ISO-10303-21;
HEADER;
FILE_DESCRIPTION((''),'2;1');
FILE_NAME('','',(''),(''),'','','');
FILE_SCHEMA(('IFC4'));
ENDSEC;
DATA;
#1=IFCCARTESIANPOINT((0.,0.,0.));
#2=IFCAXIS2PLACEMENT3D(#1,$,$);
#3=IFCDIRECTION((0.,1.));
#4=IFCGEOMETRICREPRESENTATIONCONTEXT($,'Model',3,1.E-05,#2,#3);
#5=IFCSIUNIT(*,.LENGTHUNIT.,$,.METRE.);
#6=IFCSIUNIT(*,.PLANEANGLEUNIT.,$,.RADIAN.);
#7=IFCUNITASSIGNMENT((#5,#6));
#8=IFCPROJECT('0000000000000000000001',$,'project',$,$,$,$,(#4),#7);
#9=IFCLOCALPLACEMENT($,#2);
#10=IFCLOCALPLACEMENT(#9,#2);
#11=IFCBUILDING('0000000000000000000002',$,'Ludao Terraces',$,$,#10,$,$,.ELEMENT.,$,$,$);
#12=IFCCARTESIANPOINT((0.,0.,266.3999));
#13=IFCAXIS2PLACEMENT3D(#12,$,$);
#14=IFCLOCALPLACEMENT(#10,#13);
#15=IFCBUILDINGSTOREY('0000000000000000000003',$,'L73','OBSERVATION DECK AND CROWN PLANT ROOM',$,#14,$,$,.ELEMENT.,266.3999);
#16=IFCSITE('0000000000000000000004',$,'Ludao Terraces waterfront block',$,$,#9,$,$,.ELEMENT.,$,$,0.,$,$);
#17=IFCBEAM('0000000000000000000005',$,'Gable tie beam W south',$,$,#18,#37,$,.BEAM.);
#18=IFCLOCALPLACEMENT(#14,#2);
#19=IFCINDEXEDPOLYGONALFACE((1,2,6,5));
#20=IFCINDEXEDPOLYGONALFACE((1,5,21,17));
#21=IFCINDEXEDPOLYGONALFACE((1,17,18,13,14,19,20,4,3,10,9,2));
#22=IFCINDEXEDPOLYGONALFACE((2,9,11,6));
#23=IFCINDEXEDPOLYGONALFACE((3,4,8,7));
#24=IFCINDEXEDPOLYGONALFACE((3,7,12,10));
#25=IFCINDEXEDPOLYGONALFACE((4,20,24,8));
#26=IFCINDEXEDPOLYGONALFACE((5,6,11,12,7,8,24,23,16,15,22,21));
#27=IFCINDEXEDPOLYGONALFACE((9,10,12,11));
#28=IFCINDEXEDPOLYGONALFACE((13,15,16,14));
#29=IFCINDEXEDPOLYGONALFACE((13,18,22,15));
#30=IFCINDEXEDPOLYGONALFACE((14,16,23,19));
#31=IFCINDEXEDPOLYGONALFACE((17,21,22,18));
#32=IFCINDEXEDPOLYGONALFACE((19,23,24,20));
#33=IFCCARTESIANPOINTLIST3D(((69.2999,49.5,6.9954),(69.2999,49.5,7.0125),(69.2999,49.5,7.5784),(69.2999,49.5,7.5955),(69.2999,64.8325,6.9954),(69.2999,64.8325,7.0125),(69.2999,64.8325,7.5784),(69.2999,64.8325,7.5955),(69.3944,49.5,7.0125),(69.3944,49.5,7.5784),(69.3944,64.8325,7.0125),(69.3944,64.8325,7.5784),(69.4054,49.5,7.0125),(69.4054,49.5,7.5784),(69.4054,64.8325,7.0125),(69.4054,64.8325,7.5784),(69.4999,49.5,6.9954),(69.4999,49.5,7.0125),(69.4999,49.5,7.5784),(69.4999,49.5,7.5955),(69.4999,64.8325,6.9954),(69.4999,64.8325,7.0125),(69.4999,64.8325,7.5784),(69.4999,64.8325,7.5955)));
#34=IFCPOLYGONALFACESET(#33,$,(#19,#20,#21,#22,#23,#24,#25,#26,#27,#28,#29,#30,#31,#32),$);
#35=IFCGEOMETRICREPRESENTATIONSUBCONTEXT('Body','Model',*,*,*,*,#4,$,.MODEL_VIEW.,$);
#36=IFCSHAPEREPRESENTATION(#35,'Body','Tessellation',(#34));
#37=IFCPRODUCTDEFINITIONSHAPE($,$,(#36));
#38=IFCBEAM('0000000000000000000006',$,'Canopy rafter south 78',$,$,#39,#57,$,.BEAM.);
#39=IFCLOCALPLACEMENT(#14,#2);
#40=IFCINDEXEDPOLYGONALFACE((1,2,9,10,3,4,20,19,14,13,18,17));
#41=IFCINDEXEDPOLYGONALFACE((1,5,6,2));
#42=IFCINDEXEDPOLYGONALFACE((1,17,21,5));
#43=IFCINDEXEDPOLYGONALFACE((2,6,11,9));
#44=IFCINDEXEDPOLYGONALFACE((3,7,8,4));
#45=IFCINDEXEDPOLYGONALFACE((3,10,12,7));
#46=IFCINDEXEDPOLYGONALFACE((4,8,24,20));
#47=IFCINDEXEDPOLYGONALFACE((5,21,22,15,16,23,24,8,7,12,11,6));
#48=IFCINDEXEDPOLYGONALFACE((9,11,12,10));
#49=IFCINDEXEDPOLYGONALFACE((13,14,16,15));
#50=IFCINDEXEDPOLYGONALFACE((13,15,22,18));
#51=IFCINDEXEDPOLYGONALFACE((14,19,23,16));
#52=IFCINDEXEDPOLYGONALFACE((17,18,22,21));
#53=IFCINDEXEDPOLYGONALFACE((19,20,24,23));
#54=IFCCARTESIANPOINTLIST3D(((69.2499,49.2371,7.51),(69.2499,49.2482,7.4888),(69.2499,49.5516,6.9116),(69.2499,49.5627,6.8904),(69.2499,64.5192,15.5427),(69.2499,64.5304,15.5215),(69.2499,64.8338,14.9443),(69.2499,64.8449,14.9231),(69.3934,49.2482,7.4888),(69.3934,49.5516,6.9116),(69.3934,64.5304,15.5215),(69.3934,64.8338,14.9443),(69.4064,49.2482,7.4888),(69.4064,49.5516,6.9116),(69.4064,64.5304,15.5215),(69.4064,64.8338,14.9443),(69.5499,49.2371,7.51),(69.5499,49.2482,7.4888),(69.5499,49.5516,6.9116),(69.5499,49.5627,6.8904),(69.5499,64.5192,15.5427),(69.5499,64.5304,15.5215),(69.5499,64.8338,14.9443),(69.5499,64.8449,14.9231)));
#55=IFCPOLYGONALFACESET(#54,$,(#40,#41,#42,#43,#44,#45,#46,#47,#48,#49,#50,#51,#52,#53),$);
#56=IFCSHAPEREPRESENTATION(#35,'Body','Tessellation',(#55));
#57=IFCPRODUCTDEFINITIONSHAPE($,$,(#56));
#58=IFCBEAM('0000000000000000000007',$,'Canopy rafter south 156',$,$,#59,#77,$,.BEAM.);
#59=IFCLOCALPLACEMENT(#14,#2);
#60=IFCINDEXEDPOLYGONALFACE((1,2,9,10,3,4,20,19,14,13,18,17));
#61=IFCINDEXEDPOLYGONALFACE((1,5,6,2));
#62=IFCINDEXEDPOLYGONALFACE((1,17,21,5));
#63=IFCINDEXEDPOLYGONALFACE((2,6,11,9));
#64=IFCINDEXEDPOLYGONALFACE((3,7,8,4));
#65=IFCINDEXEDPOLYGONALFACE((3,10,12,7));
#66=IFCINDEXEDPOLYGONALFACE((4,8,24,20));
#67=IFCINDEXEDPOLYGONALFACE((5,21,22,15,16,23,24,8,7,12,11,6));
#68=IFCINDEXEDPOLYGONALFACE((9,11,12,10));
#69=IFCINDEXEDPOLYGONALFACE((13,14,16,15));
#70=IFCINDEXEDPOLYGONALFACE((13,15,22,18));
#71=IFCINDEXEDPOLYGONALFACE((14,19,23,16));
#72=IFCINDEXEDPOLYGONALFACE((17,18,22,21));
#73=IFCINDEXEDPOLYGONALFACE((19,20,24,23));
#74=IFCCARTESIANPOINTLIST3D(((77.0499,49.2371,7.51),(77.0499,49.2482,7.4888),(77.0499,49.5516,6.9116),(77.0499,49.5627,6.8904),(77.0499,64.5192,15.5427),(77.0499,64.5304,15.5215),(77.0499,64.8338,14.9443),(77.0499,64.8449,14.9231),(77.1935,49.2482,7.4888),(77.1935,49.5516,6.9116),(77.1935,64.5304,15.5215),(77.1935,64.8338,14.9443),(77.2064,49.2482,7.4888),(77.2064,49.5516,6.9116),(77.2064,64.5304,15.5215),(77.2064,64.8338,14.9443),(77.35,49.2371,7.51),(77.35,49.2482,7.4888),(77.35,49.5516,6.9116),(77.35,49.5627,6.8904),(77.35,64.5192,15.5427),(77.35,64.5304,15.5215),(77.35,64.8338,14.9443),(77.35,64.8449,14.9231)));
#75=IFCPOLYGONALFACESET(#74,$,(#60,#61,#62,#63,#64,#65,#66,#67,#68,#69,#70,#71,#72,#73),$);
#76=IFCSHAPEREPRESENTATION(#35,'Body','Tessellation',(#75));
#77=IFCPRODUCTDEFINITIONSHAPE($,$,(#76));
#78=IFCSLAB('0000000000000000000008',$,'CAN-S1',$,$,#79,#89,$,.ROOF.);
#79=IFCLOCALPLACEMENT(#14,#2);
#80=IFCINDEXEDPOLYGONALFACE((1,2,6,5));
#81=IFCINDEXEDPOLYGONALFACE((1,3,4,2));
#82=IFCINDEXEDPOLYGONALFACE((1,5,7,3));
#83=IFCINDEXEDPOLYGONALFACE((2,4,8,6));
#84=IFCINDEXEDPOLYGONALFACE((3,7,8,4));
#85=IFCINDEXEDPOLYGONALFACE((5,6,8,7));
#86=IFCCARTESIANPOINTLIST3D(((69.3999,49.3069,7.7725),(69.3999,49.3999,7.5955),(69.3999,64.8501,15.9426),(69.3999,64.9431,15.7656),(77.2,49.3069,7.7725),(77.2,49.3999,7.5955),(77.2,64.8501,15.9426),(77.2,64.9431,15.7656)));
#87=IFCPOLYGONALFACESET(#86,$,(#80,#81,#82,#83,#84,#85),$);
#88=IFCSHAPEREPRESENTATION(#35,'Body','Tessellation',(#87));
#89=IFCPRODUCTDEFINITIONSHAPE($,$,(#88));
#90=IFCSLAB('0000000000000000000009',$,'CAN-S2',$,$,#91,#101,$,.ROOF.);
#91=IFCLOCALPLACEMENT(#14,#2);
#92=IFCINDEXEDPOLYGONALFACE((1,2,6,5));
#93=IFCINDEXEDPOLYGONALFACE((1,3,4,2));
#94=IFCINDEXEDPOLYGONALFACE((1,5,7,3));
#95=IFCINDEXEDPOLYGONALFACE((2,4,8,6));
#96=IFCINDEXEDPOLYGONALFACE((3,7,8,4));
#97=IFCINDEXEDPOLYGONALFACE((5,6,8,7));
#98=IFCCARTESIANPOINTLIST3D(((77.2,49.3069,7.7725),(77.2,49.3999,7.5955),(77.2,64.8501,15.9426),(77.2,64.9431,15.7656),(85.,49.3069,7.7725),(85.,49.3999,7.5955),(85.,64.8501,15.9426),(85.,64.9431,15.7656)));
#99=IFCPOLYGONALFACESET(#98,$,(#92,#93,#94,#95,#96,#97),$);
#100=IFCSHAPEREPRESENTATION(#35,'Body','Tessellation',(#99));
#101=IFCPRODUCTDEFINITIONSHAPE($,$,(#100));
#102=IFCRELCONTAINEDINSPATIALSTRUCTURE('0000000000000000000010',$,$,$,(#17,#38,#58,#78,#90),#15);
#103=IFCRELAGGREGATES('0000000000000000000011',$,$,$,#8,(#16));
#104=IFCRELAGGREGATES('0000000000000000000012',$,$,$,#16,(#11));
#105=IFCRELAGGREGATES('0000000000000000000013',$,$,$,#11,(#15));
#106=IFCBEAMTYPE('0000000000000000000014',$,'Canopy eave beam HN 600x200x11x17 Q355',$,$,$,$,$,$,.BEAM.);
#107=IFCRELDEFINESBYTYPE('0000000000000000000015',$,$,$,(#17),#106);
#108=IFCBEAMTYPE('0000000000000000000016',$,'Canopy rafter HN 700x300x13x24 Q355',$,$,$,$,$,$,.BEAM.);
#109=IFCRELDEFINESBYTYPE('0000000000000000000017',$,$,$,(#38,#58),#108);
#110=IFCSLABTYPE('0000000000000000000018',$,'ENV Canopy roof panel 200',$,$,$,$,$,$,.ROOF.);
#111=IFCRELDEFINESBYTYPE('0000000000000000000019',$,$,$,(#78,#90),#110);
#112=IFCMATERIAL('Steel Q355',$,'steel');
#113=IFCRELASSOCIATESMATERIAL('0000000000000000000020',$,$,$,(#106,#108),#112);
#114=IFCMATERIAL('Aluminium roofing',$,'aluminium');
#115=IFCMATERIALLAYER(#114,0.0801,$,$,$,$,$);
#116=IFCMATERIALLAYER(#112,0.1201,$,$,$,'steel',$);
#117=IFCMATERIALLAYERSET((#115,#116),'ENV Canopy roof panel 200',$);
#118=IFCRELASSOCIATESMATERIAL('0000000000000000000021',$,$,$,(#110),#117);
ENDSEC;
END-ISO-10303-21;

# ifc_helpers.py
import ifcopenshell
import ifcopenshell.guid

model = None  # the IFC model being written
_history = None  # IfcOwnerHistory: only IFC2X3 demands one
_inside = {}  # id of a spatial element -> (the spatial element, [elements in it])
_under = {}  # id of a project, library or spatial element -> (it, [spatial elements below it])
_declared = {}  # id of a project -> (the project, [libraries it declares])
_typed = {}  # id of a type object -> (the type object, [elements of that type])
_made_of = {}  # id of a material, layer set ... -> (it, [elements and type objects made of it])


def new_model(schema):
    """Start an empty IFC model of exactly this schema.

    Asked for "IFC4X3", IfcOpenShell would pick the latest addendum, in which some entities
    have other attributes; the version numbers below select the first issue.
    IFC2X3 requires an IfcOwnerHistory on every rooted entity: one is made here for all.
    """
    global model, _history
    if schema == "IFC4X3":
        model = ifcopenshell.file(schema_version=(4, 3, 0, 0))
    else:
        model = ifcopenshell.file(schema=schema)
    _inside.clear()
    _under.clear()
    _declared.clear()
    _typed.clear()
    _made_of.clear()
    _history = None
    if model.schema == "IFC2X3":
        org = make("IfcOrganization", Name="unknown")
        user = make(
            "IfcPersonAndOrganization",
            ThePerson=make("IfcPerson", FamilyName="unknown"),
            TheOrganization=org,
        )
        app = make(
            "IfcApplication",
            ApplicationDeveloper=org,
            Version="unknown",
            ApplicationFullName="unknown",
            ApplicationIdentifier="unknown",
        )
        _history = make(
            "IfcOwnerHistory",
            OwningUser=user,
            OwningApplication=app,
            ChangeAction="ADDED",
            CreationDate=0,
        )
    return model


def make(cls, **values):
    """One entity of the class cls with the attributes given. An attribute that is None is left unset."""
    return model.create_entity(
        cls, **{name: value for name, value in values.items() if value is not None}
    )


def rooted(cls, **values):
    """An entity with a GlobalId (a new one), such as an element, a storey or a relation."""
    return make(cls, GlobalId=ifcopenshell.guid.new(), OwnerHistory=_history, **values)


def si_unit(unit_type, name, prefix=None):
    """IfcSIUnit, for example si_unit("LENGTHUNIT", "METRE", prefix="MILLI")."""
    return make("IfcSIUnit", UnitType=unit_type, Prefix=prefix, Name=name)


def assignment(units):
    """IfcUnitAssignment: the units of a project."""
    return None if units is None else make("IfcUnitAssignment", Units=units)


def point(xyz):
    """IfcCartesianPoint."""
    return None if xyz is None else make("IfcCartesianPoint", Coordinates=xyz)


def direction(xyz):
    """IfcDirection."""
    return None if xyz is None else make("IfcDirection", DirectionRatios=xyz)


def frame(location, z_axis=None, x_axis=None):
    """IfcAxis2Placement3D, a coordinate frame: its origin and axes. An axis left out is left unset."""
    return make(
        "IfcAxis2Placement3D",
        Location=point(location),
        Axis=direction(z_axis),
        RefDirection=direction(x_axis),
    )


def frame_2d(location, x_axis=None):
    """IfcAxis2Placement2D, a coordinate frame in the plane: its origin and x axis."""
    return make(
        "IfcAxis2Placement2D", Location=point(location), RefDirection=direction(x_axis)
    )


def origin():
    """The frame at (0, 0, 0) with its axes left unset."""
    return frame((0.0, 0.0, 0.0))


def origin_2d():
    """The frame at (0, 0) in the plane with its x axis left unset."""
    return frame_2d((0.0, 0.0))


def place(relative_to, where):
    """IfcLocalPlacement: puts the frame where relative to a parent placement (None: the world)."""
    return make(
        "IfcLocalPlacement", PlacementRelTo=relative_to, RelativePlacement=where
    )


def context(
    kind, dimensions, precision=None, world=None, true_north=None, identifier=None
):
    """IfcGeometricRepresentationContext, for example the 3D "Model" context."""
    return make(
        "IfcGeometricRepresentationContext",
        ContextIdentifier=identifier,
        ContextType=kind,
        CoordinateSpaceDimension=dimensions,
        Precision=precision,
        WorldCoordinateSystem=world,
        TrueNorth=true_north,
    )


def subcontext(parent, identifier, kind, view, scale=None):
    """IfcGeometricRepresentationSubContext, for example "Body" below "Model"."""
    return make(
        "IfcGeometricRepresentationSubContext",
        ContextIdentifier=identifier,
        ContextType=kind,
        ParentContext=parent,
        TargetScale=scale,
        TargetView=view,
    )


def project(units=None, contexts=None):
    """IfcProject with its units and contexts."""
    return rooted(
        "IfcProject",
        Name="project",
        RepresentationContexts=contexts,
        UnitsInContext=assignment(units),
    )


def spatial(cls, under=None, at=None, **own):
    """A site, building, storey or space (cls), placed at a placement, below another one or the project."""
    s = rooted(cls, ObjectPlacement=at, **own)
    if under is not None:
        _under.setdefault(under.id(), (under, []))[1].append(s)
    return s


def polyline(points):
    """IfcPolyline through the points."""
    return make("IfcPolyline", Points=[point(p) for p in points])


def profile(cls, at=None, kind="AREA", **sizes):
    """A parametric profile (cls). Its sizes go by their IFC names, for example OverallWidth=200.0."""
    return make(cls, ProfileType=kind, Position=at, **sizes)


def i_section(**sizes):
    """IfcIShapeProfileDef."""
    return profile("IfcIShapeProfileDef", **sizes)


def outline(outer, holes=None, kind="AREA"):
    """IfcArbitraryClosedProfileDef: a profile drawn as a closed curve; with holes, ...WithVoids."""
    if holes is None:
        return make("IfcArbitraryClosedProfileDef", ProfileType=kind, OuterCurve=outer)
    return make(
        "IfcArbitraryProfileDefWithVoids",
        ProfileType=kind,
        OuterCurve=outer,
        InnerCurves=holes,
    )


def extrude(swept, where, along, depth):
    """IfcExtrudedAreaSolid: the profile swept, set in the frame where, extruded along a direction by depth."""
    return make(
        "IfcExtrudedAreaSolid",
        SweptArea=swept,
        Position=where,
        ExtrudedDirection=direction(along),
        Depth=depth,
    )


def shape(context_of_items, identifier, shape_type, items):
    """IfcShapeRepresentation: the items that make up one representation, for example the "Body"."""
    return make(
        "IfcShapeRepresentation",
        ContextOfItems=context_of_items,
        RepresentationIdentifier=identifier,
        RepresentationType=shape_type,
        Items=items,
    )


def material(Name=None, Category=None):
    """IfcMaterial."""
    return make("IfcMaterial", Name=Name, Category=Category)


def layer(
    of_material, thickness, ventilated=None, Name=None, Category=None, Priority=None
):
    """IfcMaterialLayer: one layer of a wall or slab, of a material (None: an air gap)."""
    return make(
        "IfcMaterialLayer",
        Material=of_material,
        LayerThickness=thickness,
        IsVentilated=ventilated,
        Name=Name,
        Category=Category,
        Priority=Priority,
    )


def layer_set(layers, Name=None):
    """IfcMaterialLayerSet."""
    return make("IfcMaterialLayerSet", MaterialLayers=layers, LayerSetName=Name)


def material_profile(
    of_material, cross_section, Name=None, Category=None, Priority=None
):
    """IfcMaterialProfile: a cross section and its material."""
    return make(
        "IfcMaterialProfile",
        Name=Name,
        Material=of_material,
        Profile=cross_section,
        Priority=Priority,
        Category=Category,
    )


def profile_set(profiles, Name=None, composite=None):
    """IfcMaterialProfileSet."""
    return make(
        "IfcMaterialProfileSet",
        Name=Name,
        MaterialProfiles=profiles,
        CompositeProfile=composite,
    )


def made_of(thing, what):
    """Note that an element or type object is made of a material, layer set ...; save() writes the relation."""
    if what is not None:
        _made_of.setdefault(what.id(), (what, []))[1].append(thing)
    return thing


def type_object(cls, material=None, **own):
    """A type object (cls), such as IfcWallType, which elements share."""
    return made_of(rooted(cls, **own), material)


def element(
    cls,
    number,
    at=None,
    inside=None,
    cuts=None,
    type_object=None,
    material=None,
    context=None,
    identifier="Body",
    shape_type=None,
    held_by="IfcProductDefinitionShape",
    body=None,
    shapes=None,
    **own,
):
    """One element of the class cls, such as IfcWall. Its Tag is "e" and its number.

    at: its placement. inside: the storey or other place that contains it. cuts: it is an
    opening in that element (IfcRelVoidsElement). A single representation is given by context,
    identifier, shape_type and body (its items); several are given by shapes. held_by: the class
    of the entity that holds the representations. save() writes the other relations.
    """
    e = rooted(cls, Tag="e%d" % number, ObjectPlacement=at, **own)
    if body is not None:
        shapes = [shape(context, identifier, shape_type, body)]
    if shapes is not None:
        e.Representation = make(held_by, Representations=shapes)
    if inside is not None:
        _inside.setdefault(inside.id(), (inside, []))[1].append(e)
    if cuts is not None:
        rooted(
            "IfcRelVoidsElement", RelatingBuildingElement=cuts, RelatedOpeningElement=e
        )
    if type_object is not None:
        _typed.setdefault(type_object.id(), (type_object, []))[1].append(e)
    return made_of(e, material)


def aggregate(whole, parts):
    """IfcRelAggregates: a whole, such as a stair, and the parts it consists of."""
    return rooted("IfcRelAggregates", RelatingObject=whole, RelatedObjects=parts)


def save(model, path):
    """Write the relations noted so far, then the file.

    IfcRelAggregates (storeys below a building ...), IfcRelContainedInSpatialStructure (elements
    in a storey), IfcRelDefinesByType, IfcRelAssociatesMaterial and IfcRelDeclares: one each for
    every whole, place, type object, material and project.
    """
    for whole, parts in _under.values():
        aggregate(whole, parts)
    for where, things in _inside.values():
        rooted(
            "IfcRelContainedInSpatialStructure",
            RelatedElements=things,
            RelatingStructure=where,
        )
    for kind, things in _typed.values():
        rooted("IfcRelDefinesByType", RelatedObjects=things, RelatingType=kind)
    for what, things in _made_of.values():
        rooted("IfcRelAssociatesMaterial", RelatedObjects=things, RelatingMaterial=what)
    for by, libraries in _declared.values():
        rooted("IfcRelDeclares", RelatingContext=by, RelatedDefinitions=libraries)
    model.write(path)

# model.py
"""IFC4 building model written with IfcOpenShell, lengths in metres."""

from ifc_helpers import new_model, si_unit, direction, frame, origin, origin_2d, place, context, subcontext, project, spatial, polyline, i_section, outline, extrude, material, layer, layer_set, material_profile, profile_set, type_object, element, save


model = new_model("IFC4")

# Units and contexts
model_context = context("Model", 3, precision=1e-05, world=origin(), true_north=direction((0.0, 1.0)))
body_context = subcontext(model_context, "Body", "Model", "MODEL_VIEW")
ifc_project = project(units=[si_unit("LENGTHUNIT", "METRE"), si_unit("PLANEANGLEUNIT", "RADIAN")], contexts=[model_context])

# Site, building, storey
site_placement = place(None, origin())
site = spatial("IfcSite", under=ifc_project, at=site_placement, Name="Ludao Terraces waterfront block", CompositionType="ELEMENT", RefElevation=0.0)
building_placement = place(site_placement, origin())
building = spatial("IfcBuilding", under=site, at=building_placement, Name="Ludao Terraces", CompositionType="ELEMENT")
storey_placement = place(building_placement, frame((0.0, 0.0, 266.3999)))
storey = spatial("IfcBuildingStorey", under=building, at=storey_placement, Name="L73", Description="OBSERVATION DECK AND CROWN PLANT ROOM", CompositionType="ELEMENT", Elevation=266.3999)

# Shared definitions
ifc_material_1 = material(Name="Steel Q355", Category="steel")

# Beams
ifc_material_profile_1 = material_profile(ifc_material_1, i_section(OverallWidth=0.2, OverallDepth=0.6001, WebThickness=0.011, FlangeThickness=0.0171, at=origin_2d()), Name="HN 600X200X11X17")
ifc_profile_set_1 = profile_set([ifc_material_profile_1], Name="Steel Q355")
beam_type_1 = type_object("IfcBeamType", Name="Canopy eave beam HN 600x200x11x17 Q355", PredefinedType="BEAM", material=ifc_profile_set_1)
beam_1_placement = place(storey_placement, frame((69.3999, 49.5, 7.2954), z_axis=(0.0, 1.0, 0.0), x_axis=(-1.0, 0.0, 0.0)))
element("IfcBeam", 1, at=beam_1_placement, inside=storey, type_object=beam_type_1, Name="Gable tie beam W south", PredefinedType="BEAM", context=body_context, shape_type="SweptSolid", body=[
    extrude(i_section(OverallWidth=0.2, OverallDepth=0.6001, WebThickness=0.011, FlangeThickness=0.0171, at=origin_2d()), origin(), (0.0, 0.0, 1.0), 15.3325),
])
ifc_material_profile_2 = material_profile(ifc_material_1, i_section(OverallWidth=0.3, OverallDepth=0.7, WebThickness=0.0129, FlangeThickness=0.0239, at=origin_2d()), Name="HN 700X300X13X24")
ifc_profile_set_2 = profile_set([ifc_material_profile_2], Name="Steel Q355")
beam_type_2 = type_object("IfcBeamType", Name="Canopy rafter HN 700x300x13x24 Q355", PredefinedType="BEAM", material=ifc_profile_set_2)
for number, where, z_axis, x_axis, name in (
    (2, (69.3999, 49.3999, 7.2002), (0.0, 0.88517, 0.465267), (-1.0, 0.0, 0.0), "Canopy rafter south 78"),
    (3, (77.2, 49.3999, 7.2002), (0.0, 0.88517, 0.465267), (-1.0, 0.0, 0.0), "Canopy rafter south 156"),
):
    element("IfcBeam", number, at=place(storey_placement, frame(where, z_axis=z_axis, x_axis=x_axis)), inside=storey, type_object=beam_type_2, Name=name, PredefinedType="BEAM", context=body_context, shape_type="SweptSolid", body=[
        extrude(i_section(OverallWidth=0.3, OverallDepth=0.7, WebThickness=0.0129, FlangeThickness=0.0239, at=origin_2d()), origin(), (0.0, 0.0, 1.0), 17.2646),
    ])

# Slabs
ifc_material_2 = material(Name="Aluminium roofing", Category="aluminium")
ifc_layer_1 = layer(ifc_material_2, 0.0801)
ifc_layer_2 = layer(ifc_material_1, 0.1201, Category="steel")
ifc_layer_set_1 = layer_set([ifc_layer_1, ifc_layer_2], Name="ENV Canopy roof panel 200")
slab_type = type_object("IfcSlabType", Name="ENV Canopy roof panel 200", PredefinedType="ROOF", material=ifc_layer_set_1)
for number, where, z_axis, x_axis, name in (
    (4, (69.3999, 49.3069, 7.7725), (0.0, -0.465279, 0.885164), (1.0, 0.0, 0.0), "CAN-S1"),
    (5, (77.2, 49.3069, 7.7725), (0.0, -0.465279, 0.885164), (1.0, 0.0, 0.0), "CAN-S2"),
):
    element("IfcSlab", number, at=place(storey_placement, frame(where, z_axis=z_axis, x_axis=x_axis)), inside=storey, type_object=slab_type, Name=name, PredefinedType="ROOF", context=body_context, shape_type="SweptSolid", body=[
        extrude(outline(polyline([(0.0, 0.0), (7.8, 0.0), (7.8, 17.5597), (0.0, 17.5597), (0.0, 0.0)])), origin(), (0.0, 0.0, -1.0), 0.2),
    ])

save(model, "model.ifc")
